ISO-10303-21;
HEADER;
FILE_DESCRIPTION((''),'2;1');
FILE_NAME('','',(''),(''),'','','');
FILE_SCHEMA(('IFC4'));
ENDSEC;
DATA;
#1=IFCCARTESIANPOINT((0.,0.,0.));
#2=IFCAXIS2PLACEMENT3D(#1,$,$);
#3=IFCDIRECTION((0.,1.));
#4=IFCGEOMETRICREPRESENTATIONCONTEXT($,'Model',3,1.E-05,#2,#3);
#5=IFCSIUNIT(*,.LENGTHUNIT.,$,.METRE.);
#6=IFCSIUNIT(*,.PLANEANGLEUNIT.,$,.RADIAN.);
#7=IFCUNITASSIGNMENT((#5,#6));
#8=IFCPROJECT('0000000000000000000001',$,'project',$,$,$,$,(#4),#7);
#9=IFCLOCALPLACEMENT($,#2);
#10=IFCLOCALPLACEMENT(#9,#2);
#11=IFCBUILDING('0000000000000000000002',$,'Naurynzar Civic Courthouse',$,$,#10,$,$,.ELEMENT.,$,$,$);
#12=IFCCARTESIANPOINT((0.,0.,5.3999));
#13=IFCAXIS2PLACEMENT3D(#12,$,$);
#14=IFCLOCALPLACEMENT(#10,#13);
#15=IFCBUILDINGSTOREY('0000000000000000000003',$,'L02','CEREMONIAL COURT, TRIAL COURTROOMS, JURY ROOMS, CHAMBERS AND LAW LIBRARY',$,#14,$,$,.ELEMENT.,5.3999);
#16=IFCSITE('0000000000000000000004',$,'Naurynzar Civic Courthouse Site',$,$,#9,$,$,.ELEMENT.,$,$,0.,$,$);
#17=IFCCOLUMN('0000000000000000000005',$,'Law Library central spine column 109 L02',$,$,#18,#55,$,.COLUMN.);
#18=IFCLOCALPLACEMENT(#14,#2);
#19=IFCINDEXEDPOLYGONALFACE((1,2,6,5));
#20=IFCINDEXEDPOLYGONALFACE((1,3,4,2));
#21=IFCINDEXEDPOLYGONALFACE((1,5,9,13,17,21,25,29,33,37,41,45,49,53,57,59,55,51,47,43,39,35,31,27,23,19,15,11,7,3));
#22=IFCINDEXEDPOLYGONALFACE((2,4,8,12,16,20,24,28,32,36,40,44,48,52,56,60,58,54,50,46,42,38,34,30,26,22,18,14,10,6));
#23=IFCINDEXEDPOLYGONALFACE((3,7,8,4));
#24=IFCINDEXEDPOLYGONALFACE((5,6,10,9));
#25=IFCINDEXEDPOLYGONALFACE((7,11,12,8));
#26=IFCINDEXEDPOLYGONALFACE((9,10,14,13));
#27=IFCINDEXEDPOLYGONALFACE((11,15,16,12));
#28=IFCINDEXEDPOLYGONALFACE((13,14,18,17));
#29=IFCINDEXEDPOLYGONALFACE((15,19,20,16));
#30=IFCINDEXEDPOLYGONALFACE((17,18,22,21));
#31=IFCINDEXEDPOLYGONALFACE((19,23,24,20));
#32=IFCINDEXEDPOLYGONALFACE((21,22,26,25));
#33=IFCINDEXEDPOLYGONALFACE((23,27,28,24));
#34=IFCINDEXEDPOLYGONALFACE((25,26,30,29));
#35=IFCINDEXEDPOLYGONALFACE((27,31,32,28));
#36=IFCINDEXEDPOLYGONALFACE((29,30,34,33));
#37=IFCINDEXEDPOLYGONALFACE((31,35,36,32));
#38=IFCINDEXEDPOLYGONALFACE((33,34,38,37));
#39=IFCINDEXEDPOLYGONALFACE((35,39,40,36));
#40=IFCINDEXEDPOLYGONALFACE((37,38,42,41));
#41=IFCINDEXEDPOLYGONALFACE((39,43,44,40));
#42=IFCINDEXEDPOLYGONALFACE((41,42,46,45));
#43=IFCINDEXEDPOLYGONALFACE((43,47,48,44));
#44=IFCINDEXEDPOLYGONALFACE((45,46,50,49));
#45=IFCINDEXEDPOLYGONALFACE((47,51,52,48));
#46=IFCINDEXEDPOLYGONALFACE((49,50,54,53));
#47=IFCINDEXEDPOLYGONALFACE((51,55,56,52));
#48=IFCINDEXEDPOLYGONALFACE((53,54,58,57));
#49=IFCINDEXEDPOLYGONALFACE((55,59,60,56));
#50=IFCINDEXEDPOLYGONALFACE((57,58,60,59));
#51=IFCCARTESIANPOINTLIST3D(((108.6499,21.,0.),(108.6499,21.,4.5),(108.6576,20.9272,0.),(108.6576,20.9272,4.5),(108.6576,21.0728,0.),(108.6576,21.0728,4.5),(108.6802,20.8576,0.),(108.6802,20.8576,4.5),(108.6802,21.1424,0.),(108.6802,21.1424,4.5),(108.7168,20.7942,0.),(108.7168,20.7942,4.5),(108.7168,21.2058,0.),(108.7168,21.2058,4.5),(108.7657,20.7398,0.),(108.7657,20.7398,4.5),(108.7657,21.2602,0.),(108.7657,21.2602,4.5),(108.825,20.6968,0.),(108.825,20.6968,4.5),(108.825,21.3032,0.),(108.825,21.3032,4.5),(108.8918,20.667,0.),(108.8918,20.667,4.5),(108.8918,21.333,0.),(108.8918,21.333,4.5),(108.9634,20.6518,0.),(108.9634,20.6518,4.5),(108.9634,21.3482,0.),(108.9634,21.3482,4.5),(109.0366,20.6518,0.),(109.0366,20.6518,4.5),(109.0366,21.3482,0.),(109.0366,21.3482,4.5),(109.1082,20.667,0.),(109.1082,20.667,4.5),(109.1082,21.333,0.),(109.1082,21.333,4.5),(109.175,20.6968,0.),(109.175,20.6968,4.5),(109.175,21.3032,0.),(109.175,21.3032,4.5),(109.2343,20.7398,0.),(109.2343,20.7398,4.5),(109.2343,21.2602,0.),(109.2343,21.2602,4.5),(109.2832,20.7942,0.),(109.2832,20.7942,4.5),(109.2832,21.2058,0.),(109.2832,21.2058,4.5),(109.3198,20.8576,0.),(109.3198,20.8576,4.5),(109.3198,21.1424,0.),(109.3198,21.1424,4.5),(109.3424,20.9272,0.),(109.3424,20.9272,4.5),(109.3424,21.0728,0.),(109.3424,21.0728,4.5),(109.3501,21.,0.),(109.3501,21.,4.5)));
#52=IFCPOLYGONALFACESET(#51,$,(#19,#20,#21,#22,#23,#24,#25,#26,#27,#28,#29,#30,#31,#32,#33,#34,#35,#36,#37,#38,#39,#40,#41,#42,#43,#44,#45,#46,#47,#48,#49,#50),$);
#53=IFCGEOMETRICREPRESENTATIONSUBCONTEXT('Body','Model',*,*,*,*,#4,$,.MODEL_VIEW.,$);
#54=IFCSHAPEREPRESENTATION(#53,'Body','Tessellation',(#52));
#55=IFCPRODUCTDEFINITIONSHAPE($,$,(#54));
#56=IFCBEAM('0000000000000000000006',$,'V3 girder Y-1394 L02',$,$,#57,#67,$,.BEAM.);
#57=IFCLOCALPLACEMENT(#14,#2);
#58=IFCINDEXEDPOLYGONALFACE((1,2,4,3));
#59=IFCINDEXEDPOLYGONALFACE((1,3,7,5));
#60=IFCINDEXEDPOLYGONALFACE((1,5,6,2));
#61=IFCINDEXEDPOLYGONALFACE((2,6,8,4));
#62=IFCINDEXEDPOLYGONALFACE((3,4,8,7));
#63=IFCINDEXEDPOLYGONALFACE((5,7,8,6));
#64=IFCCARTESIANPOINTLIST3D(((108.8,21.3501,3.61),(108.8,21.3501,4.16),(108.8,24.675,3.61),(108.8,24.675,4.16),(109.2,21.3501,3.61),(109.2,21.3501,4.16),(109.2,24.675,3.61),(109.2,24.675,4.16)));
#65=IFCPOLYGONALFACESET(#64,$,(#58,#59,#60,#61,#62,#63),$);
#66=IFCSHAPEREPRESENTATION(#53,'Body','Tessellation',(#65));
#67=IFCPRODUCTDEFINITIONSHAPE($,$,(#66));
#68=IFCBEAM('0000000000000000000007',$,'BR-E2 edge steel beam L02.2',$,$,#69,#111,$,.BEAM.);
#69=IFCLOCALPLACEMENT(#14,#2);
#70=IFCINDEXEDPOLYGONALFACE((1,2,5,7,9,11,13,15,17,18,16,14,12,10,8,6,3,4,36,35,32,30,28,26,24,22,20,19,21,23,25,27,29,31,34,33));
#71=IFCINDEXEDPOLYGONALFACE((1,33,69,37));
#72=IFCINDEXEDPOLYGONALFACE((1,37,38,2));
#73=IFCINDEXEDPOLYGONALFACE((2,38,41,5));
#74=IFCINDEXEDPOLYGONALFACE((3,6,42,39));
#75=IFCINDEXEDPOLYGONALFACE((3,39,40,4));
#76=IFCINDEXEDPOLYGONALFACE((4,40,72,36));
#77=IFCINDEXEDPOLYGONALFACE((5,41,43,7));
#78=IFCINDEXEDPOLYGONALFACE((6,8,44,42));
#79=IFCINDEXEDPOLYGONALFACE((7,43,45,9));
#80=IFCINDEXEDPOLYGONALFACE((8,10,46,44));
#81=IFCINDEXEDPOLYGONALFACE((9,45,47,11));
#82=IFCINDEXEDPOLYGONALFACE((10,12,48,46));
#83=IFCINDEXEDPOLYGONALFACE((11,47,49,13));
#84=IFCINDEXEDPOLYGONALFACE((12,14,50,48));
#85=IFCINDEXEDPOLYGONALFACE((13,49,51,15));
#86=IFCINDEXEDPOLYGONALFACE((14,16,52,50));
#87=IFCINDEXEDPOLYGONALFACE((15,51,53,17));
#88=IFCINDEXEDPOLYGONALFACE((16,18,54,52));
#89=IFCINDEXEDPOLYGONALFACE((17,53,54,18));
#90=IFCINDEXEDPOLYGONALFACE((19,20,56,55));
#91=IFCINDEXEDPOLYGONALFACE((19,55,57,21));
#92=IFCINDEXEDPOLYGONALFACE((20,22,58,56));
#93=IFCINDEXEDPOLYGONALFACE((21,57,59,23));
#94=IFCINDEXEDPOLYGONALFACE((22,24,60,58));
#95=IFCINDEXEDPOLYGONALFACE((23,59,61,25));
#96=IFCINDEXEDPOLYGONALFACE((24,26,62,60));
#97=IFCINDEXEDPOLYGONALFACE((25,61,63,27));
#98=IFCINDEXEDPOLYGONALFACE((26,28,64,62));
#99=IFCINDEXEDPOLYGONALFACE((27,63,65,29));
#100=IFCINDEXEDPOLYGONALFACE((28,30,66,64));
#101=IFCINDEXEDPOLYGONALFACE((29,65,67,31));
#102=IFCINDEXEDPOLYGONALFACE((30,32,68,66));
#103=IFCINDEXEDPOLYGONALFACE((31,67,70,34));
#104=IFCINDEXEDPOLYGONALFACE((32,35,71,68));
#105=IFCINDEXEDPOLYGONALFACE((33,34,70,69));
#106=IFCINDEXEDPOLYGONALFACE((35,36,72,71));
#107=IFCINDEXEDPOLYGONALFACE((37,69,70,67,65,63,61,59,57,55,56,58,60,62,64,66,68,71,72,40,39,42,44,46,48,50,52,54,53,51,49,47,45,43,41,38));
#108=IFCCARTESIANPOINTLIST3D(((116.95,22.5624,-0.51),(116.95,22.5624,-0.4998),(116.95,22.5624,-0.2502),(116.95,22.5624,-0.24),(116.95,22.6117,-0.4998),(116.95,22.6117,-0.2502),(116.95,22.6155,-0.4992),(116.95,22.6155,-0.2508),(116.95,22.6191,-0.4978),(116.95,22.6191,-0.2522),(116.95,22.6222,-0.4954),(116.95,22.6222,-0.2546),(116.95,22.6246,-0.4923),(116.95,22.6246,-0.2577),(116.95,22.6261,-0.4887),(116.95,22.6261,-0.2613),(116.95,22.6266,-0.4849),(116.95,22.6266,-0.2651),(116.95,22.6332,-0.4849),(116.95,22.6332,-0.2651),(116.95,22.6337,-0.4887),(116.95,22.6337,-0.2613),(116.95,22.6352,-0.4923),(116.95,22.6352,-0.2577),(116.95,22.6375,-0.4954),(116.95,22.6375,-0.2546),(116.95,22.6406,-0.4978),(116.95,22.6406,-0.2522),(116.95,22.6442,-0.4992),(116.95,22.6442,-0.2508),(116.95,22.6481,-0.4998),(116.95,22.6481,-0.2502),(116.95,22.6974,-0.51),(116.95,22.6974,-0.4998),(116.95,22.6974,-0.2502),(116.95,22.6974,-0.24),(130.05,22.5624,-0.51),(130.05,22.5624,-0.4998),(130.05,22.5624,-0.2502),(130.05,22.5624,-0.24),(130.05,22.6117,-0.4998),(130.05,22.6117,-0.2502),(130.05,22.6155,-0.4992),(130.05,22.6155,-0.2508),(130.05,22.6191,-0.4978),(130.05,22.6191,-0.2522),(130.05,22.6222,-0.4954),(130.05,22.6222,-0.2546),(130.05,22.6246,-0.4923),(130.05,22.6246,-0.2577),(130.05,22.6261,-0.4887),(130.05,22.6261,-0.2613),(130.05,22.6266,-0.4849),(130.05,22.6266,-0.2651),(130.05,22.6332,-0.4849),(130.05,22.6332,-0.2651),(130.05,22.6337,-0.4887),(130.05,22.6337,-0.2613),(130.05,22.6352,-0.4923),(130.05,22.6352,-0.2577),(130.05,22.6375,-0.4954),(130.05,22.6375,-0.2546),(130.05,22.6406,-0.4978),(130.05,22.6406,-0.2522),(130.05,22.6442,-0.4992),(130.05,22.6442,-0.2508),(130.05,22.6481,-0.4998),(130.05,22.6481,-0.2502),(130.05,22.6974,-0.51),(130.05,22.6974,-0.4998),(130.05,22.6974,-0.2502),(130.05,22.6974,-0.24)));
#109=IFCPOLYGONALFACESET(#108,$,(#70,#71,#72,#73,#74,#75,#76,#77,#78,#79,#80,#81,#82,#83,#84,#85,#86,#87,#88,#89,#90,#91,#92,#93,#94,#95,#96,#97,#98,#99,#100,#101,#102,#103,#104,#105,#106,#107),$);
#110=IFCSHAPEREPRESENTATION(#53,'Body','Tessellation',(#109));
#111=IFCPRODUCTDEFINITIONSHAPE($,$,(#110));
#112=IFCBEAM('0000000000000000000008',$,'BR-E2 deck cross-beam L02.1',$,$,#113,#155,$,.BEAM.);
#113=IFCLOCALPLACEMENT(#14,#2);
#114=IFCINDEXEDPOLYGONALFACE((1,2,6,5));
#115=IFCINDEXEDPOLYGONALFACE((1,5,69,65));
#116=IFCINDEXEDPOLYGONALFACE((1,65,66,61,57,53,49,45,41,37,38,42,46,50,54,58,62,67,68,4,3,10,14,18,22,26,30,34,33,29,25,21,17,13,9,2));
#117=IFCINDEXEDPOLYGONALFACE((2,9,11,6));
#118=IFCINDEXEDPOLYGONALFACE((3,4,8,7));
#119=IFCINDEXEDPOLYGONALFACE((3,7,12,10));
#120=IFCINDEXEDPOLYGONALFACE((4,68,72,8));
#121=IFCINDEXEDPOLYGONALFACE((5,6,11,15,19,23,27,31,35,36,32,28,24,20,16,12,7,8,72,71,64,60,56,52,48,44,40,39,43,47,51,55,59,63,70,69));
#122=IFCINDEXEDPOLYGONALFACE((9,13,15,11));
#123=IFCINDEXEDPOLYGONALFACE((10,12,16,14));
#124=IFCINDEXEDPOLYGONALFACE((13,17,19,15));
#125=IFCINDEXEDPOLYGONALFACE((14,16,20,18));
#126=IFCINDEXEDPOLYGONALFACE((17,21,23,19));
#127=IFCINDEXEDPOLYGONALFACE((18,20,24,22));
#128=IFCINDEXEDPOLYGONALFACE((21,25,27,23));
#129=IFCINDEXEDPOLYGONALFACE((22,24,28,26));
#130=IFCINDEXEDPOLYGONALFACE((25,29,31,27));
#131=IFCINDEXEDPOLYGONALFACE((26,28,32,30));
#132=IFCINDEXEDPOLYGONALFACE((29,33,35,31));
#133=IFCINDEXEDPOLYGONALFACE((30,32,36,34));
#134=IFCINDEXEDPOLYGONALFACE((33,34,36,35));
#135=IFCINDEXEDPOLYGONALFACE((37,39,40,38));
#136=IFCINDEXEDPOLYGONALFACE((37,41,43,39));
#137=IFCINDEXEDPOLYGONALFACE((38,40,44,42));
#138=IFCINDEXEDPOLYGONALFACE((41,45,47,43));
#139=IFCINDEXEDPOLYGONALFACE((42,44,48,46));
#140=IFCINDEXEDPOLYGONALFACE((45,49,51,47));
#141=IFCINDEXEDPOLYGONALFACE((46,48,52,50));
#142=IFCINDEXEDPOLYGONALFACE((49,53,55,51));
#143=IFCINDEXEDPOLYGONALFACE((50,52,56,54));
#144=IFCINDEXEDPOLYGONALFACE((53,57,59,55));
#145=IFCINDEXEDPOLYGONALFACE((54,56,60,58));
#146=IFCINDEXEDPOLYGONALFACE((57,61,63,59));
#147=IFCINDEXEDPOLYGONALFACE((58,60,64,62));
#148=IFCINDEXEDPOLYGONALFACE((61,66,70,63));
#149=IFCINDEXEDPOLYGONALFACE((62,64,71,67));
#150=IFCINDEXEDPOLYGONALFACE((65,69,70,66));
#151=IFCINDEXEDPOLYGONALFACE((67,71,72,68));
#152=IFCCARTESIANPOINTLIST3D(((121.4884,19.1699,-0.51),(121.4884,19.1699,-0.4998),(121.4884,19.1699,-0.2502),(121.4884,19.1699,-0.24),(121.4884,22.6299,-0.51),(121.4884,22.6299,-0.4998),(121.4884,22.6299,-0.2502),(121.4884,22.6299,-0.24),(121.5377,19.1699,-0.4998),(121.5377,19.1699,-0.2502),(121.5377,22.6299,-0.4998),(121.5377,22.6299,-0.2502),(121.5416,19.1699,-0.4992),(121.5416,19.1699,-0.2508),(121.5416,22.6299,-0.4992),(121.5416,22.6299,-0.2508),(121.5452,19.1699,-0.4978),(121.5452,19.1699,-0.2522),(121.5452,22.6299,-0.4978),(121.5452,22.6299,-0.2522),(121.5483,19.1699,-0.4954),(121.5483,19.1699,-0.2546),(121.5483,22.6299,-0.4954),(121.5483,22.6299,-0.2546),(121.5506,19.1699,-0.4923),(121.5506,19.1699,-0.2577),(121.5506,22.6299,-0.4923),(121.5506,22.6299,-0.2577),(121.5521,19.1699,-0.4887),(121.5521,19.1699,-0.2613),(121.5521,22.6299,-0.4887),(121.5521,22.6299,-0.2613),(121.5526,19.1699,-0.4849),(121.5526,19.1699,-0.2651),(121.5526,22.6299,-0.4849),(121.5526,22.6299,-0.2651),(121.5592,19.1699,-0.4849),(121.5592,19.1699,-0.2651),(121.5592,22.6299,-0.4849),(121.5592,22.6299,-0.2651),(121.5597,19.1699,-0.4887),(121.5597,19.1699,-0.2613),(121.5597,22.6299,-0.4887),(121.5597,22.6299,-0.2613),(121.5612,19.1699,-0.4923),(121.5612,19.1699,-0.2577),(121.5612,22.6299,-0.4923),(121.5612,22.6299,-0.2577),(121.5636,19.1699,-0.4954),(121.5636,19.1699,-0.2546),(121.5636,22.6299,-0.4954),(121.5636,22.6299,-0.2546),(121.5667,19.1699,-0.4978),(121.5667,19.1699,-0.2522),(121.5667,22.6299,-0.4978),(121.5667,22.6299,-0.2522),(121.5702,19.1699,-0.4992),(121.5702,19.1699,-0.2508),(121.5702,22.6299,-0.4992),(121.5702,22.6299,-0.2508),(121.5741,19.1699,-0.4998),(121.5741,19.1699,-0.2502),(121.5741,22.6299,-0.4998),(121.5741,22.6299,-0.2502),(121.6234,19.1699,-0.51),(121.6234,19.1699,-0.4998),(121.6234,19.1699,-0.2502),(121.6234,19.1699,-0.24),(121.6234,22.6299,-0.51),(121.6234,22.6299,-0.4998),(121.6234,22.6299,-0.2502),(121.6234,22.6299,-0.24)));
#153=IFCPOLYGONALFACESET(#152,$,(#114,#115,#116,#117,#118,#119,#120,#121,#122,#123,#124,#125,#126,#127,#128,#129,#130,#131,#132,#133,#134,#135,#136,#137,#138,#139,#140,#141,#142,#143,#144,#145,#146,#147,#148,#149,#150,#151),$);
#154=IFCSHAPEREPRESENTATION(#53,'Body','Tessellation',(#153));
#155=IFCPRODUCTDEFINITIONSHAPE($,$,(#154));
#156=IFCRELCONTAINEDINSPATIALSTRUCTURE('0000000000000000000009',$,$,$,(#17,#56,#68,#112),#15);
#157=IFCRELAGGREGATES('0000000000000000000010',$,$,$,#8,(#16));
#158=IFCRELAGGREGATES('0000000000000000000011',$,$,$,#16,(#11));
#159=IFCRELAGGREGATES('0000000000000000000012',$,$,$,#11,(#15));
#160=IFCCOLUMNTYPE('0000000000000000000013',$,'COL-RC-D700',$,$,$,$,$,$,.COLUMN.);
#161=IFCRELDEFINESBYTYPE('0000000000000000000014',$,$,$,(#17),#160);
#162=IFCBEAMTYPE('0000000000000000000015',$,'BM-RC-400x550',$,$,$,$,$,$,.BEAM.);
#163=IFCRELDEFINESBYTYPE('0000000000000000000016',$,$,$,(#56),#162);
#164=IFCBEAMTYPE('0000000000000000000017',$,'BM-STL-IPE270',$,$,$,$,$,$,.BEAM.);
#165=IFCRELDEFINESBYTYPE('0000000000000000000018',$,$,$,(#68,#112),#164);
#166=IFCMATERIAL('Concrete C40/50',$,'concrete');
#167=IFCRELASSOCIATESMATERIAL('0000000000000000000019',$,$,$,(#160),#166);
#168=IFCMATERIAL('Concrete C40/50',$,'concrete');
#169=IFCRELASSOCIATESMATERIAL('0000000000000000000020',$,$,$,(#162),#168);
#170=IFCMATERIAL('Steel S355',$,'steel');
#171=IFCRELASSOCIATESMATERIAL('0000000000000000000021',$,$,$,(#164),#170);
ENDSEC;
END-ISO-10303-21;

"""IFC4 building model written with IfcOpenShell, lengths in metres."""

from ifc_helpers import new_model, si_unit, direction, frame, origin, origin_2d, place, context, subcontext, project, spatial, rectangle, circle, i_section, extrude, material, material_profile, profile_set, type_object, element, save


model = new_model("IFC4")

# Units and contexts
model_context = context("Model", 3, precision=1e-05, world=origin(), true_north=direction((0.0, 1.0)))
body_context = subcontext(model_context, "Body", "Model", "MODEL_VIEW")
ifc_project = project(units=[si_unit("LENGTHUNIT", "METRE"), si_unit("PLANEANGLEUNIT", "RADIAN")], contexts=[model_context])

# Site, building, storey
site_placement = place(None, origin())
site = spatial("IfcSite", under=ifc_project, at=site_placement, Name="Naurynzar Civic Courthouse Site", CompositionType="ELEMENT", RefElevation=0.0)
building_placement = place(site_placement, origin())
building = spatial("IfcBuilding", under=site, at=building_placement, Name="Naurynzar Civic Courthouse", CompositionType="ELEMENT")
storey_placement = place(building_placement, frame((0.0, 0.0, 5.3999)))
storey = spatial("IfcBuildingStorey", under=building, at=storey_placement, Name="L02", Description="CEREMONIAL COURT, TRIAL COURTROOMS, JURY ROOMS, CHAMBERS AND LAW LIBRARY", CompositionType="ELEMENT", Elevation=5.3999)

# Column
ifc_material_1 = material(Name="Concrete C40/50", Category="concrete")
ifc_material_profile_1 = material_profile(ifc_material_1, circle(Radius=0.3501, at=origin_2d()), Name="RC D700")
ifc_profile_set_1 = profile_set([ifc_material_profile_1], Name="Concrete C40/50")
column_type = type_object("IfcColumnType", Name="COL-RC-D700", PredefinedType="COLUMN", material=ifc_profile_set_1)
column_placement = place(storey_placement, frame((109.0, 21.0, 0.0), z_axis=(0.0, 0.0, 1.0), x_axis=(1.0, 0.0, 0.0)))
element("IfcColumn", 1, at=column_placement, inside=storey, type_object=column_type, Name="Law Library central spine column 109 L02", PredefinedType="COLUMN", context=body_context, shape_type="SweptSolid", body=[
    extrude(circle(Radius=0.3501, at=origin_2d()), origin(), (0.0, 0.0, 1.0), 4.5),
])

# Beams
ifc_material_2 = material(Name="Concrete C40/50", Category="concrete")
ifc_material_profile_2 = material_profile(ifc_material_2, rectangle(XDim=0.3999, YDim=0.55, at=origin_2d()), Name="RCB 400x550")
ifc_profile_set_2 = profile_set([ifc_material_profile_2], Name="Concrete C40/50")
beam_type_1 = type_object("IfcBeamType", Name="BM-RC-400x550", PredefinedType="BEAM", material=ifc_profile_set_2)
beam_1_placement = place(storey_placement, frame((109.0, 21.3501, 3.885), z_axis=(0.0, 1.0, 0.0), x_axis=(-1.0, 0.0, 0.0)))
element("IfcBeam", 2, at=beam_1_placement, inside=storey, type_object=beam_type_1, Name="V3 girder Y-1394 L02", PredefinedType="BEAM", context=body_context, shape_type="SweptSolid", body=[
    extrude(rectangle(XDim=0.3999, YDim=0.55, at=origin_2d()), origin(), (0.0, 0.0, 1.0), 3.325),
])
ifc_material_3 = material(Name="Steel S355", Category="steel")
ifc_material_profile_3 = material_profile(ifc_material_3, i_section(OverallWidth=0.135, OverallDepth=0.27, WebThickness=0.0066, FlangeThickness=0.0103, FilletRadius=0.0149, at=origin_2d()), Name="IPE 270")
ifc_profile_set_3 = profile_set([ifc_material_profile_3], Name="Steel S355")
beam_type_2 = type_object("IfcBeamType", Name="BM-STL-IPE270", PredefinedType="BEAM", material=ifc_profile_set_3)
beam_2_placement = place(storey_placement, frame((116.95, 22.6299, -0.375), z_axis=(1.0, 0.0, 0.0), x_axis=(0.0, 1.0, 0.0)))
element("IfcBeam", 3, at=beam_2_placement, inside=storey, type_object=beam_type_2, Name="BR-E2 edge steel beam L02.2", PredefinedType="BEAM", context=body_context, shape_type="SweptSolid", body=[
    extrude(i_section(OverallWidth=0.135, OverallDepth=0.27, WebThickness=0.0066, FlangeThickness=0.0103, FilletRadius=0.0149, at=origin_2d()), origin(), (0.0, 0.0, 1.0), 13.1001),
])
beam_3_placement = place(storey_placement, frame((121.5559, 19.1699, -0.375), z_axis=(0.0, 1.0, 0.0), x_axis=(-1.0, 0.0, 0.0)))
element("IfcBeam", 4, at=beam_3_placement, inside=storey, type_object=beam_type_2, Name="BR-E2 deck cross-beam L02.1", PredefinedType="BEAM", context=body_context, shape_type="SweptSolid", body=[
    extrude(i_section(OverallWidth=0.135, OverallDepth=0.27, WebThickness=0.0066, FlangeThickness=0.0103, FilletRadius=0.0149, at=origin_2d()), origin(), (0.0, 0.0, 1.0), 3.46),
])

save(model, "model.ifc")
